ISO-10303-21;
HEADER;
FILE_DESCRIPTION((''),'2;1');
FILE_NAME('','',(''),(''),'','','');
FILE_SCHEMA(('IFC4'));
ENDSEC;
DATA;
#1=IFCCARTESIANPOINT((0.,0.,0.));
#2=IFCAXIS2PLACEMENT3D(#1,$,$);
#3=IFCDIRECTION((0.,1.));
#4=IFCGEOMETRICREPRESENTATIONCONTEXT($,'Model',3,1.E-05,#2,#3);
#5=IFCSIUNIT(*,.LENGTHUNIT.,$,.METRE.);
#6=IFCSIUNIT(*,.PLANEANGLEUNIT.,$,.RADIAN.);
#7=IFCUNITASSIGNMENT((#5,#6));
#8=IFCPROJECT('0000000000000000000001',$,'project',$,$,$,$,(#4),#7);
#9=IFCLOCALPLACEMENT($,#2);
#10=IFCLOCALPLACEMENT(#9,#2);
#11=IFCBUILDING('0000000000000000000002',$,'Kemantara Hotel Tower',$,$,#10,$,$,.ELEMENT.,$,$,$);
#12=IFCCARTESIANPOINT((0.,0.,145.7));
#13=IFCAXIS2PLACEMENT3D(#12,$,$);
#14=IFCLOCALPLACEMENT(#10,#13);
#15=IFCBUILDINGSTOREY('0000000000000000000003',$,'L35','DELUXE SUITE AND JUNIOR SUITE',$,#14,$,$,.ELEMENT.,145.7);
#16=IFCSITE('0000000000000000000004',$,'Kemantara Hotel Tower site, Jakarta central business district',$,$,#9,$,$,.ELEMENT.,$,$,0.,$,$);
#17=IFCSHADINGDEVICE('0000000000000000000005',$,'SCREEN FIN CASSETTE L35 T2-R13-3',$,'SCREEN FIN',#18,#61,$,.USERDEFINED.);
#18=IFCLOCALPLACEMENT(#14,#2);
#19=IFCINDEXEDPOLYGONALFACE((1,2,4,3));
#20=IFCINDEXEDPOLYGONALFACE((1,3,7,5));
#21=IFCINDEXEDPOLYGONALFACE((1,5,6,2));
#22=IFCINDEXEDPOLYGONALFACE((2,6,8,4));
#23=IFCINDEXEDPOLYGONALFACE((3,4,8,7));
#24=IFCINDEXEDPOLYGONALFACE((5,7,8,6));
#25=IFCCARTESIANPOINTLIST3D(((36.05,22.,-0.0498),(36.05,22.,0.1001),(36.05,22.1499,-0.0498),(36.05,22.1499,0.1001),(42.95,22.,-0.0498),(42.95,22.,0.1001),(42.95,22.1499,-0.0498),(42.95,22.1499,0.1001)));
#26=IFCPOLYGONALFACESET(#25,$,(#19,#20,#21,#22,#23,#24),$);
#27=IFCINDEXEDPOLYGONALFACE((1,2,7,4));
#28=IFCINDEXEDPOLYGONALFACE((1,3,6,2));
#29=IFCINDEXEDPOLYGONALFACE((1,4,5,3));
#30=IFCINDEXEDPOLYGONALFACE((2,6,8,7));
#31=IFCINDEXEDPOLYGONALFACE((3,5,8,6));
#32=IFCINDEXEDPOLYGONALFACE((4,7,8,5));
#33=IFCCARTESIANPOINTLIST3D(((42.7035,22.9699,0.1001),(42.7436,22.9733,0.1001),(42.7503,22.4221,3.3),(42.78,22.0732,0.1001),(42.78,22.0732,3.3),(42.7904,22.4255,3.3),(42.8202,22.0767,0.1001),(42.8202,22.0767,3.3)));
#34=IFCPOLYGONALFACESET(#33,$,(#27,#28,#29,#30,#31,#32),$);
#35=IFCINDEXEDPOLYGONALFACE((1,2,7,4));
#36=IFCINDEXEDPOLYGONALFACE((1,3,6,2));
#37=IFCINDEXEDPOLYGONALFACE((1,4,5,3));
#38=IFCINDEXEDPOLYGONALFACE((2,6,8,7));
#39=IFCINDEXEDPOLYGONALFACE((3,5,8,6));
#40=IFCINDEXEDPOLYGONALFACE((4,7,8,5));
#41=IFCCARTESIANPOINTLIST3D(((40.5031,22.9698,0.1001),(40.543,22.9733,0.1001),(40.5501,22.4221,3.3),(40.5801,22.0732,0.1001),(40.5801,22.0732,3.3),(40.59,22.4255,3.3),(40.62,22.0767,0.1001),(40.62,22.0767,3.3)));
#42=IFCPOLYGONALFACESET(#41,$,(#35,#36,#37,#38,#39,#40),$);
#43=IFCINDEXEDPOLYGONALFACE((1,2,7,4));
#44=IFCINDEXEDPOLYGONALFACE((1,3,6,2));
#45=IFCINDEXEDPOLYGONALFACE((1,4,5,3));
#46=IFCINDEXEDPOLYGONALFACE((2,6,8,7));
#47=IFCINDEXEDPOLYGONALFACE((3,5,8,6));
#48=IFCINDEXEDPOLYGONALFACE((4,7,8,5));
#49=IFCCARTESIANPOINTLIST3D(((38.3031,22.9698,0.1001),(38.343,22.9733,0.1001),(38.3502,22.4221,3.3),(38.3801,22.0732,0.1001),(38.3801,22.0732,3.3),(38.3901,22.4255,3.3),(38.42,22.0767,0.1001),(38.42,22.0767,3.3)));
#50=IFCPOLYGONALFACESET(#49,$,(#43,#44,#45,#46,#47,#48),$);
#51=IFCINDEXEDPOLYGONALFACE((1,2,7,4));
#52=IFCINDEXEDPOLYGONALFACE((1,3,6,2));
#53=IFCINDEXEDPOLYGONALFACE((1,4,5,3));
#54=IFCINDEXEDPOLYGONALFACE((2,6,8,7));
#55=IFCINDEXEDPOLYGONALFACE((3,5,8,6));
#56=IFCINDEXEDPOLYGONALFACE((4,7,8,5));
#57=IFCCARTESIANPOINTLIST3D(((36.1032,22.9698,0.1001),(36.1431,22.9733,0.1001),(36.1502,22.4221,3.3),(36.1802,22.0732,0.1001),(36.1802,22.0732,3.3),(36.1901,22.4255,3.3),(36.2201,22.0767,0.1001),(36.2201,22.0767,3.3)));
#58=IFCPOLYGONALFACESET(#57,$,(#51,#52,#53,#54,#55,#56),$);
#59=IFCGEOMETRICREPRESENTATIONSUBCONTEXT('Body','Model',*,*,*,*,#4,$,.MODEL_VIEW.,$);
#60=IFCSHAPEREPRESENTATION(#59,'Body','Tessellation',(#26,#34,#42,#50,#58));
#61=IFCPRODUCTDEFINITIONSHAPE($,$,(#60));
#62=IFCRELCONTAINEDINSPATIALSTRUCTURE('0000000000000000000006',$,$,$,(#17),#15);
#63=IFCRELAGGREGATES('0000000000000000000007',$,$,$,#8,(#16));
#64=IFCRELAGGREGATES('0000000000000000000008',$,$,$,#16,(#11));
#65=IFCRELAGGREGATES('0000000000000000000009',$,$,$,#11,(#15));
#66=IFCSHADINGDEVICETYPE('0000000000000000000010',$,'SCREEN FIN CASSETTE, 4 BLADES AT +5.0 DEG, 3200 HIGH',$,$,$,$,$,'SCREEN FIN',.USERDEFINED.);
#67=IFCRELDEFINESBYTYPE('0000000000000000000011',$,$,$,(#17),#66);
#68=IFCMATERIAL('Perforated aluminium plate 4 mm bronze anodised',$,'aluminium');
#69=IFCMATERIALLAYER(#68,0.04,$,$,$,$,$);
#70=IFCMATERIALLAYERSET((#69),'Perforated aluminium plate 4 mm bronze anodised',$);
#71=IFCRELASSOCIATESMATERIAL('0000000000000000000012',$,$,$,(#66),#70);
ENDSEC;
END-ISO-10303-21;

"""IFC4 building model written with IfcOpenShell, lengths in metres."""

from ifc_helpers import new_model, si_unit, direction, frame, origin, origin_2d, place, context, subcontext, project, spatial, polyline, rectangle, outline, extrude, source, transform, mapped, material, layer, layer_set, type_object, element, save


model = new_model("IFC4")

# Units and contexts
model_context = context("Model", 3, precision=1e-05, world=origin(), true_north=direction((0.0, 1.0)))
body_context = subcontext(model_context, "Body", "Model", "MODEL_VIEW")
ifc_project = project(units=[si_unit("LENGTHUNIT", "METRE"), si_unit("PLANEANGLEUNIT", "RADIAN")], contexts=[model_context])

# Site, building, storey
site_placement = place(None, origin())
site = spatial("IfcSite", under=ifc_project, at=site_placement, Name="Kemantara Hotel Tower site, Jakarta central business district", CompositionType="ELEMENT", RefElevation=0.0)
building_placement = place(site_placement, origin())
building = spatial("IfcBuilding", under=site, at=building_placement, Name="Kemantara Hotel Tower", CompositionType="ELEMENT")
storey_placement = place(building_placement, frame((0.0, 0.0, 145.7)))
storey = spatial("IfcBuildingStorey", under=building, at=storey_placement, Name="L35", Description="DELUXE SUITE AND JUNIOR SUITE", CompositionType="ELEMENT", Elevation=145.7)

# Shading device
ifc_material_1 = material(Name="Perforated aluminium plate 4 mm bronze anodised", Category="aluminium")
ifc_layer_1 = layer(ifc_material_1, 0.04)
ifc_layer_set_1 = layer_set([ifc_layer_1], Name="Perforated aluminium plate 4 mm bronze anodised")
shading_device_type_1 = type_object("IfcShadingDeviceType", Name="SCREEN FIN CASSETTE, 4 BLADES AT +5.0 DEG, 3200 HIGH", ElementType="SCREEN FIN", PredefinedType="USERDEFINED", material=ifc_layer_set_1)
shared_shape_1 = source(origin(), body_context, "Body", "SweptSolid", [
    extrude(rectangle(XDim=6.8999, YDim=0.1499, at=origin_2d()), frame((3.3, -0.075, -0.1499), z_axis=(0.0, 0.0, 1.0), x_axis=(1.0, 0.0, 0.0)), (0.0, 0.0, 1.0), 0.1499),
    extrude(outline(polyline([(0.0, 0.0), (0.8999, 0.0), (0.3501, 3.2), (0.0, 3.2), (0.0, 0.0)])), frame((0.02, -0.0732, 0.0), z_axis=(-0.996376, -0.085056, 0.0), x_axis=(0.085056, -0.996376, 0.0)), (0.0, 0.0, 1.0), 0.0403),
    extrude(outline(polyline([(0.0, 0.0), (0.8999, 0.0), (0.3501, 3.2), (0.0, 3.2), (0.0, 0.0)])), frame((2.22, -0.0732, 0.0), z_axis=(-0.996332, -0.085575, 0.0), x_axis=(0.085575, -0.996332, 0.0)), (0.0, 0.0, 1.0), 0.04),
    extrude(outline(polyline([(0.0, 0.0), (0.8999, 0.0), (0.3501, 3.2), (0.0, 3.2), (0.0, 0.0)])), frame((4.4199, -0.0732, 0.0), z_axis=(-0.996332, -0.085575, 0.0), x_axis=(0.085575, -0.996332, 0.0)), (0.0, 0.0, 1.0), 0.04),
    extrude(outline(polyline([(0.0, 0.0), (0.8999, 0.0), (0.3501, 3.2), (0.0, 3.2), (0.0, 0.0)])), frame((6.6199, -0.0732, 0.0), z_axis=(-0.996332, -0.085575, 0.0), x_axis=(0.085575, -0.996332, 0.0)), (0.0, 0.0, 1.0), 0.04),
])
shading_device_1_placement = place(storey_placement, frame((42.8, 22.0, 0.1001), z_axis=(0.0, 0.0, 1.0), x_axis=(-1.0, 0.0, 0.0)))
element("IfcShadingDevice", 1, at=shading_device_1_placement, inside=storey, type_object=shading_device_type_1, Name="SCREEN FIN CASSETTE L35 T2-R13-3", ObjectType="SCREEN FIN", PredefinedType="USERDEFINED", context=body_context, shape_type="MappedRepresentation", body=[
    mapped(shared_shape_1, transform((0.0, 0.0, 0.0))),
])

save(model, "model.ifc")
